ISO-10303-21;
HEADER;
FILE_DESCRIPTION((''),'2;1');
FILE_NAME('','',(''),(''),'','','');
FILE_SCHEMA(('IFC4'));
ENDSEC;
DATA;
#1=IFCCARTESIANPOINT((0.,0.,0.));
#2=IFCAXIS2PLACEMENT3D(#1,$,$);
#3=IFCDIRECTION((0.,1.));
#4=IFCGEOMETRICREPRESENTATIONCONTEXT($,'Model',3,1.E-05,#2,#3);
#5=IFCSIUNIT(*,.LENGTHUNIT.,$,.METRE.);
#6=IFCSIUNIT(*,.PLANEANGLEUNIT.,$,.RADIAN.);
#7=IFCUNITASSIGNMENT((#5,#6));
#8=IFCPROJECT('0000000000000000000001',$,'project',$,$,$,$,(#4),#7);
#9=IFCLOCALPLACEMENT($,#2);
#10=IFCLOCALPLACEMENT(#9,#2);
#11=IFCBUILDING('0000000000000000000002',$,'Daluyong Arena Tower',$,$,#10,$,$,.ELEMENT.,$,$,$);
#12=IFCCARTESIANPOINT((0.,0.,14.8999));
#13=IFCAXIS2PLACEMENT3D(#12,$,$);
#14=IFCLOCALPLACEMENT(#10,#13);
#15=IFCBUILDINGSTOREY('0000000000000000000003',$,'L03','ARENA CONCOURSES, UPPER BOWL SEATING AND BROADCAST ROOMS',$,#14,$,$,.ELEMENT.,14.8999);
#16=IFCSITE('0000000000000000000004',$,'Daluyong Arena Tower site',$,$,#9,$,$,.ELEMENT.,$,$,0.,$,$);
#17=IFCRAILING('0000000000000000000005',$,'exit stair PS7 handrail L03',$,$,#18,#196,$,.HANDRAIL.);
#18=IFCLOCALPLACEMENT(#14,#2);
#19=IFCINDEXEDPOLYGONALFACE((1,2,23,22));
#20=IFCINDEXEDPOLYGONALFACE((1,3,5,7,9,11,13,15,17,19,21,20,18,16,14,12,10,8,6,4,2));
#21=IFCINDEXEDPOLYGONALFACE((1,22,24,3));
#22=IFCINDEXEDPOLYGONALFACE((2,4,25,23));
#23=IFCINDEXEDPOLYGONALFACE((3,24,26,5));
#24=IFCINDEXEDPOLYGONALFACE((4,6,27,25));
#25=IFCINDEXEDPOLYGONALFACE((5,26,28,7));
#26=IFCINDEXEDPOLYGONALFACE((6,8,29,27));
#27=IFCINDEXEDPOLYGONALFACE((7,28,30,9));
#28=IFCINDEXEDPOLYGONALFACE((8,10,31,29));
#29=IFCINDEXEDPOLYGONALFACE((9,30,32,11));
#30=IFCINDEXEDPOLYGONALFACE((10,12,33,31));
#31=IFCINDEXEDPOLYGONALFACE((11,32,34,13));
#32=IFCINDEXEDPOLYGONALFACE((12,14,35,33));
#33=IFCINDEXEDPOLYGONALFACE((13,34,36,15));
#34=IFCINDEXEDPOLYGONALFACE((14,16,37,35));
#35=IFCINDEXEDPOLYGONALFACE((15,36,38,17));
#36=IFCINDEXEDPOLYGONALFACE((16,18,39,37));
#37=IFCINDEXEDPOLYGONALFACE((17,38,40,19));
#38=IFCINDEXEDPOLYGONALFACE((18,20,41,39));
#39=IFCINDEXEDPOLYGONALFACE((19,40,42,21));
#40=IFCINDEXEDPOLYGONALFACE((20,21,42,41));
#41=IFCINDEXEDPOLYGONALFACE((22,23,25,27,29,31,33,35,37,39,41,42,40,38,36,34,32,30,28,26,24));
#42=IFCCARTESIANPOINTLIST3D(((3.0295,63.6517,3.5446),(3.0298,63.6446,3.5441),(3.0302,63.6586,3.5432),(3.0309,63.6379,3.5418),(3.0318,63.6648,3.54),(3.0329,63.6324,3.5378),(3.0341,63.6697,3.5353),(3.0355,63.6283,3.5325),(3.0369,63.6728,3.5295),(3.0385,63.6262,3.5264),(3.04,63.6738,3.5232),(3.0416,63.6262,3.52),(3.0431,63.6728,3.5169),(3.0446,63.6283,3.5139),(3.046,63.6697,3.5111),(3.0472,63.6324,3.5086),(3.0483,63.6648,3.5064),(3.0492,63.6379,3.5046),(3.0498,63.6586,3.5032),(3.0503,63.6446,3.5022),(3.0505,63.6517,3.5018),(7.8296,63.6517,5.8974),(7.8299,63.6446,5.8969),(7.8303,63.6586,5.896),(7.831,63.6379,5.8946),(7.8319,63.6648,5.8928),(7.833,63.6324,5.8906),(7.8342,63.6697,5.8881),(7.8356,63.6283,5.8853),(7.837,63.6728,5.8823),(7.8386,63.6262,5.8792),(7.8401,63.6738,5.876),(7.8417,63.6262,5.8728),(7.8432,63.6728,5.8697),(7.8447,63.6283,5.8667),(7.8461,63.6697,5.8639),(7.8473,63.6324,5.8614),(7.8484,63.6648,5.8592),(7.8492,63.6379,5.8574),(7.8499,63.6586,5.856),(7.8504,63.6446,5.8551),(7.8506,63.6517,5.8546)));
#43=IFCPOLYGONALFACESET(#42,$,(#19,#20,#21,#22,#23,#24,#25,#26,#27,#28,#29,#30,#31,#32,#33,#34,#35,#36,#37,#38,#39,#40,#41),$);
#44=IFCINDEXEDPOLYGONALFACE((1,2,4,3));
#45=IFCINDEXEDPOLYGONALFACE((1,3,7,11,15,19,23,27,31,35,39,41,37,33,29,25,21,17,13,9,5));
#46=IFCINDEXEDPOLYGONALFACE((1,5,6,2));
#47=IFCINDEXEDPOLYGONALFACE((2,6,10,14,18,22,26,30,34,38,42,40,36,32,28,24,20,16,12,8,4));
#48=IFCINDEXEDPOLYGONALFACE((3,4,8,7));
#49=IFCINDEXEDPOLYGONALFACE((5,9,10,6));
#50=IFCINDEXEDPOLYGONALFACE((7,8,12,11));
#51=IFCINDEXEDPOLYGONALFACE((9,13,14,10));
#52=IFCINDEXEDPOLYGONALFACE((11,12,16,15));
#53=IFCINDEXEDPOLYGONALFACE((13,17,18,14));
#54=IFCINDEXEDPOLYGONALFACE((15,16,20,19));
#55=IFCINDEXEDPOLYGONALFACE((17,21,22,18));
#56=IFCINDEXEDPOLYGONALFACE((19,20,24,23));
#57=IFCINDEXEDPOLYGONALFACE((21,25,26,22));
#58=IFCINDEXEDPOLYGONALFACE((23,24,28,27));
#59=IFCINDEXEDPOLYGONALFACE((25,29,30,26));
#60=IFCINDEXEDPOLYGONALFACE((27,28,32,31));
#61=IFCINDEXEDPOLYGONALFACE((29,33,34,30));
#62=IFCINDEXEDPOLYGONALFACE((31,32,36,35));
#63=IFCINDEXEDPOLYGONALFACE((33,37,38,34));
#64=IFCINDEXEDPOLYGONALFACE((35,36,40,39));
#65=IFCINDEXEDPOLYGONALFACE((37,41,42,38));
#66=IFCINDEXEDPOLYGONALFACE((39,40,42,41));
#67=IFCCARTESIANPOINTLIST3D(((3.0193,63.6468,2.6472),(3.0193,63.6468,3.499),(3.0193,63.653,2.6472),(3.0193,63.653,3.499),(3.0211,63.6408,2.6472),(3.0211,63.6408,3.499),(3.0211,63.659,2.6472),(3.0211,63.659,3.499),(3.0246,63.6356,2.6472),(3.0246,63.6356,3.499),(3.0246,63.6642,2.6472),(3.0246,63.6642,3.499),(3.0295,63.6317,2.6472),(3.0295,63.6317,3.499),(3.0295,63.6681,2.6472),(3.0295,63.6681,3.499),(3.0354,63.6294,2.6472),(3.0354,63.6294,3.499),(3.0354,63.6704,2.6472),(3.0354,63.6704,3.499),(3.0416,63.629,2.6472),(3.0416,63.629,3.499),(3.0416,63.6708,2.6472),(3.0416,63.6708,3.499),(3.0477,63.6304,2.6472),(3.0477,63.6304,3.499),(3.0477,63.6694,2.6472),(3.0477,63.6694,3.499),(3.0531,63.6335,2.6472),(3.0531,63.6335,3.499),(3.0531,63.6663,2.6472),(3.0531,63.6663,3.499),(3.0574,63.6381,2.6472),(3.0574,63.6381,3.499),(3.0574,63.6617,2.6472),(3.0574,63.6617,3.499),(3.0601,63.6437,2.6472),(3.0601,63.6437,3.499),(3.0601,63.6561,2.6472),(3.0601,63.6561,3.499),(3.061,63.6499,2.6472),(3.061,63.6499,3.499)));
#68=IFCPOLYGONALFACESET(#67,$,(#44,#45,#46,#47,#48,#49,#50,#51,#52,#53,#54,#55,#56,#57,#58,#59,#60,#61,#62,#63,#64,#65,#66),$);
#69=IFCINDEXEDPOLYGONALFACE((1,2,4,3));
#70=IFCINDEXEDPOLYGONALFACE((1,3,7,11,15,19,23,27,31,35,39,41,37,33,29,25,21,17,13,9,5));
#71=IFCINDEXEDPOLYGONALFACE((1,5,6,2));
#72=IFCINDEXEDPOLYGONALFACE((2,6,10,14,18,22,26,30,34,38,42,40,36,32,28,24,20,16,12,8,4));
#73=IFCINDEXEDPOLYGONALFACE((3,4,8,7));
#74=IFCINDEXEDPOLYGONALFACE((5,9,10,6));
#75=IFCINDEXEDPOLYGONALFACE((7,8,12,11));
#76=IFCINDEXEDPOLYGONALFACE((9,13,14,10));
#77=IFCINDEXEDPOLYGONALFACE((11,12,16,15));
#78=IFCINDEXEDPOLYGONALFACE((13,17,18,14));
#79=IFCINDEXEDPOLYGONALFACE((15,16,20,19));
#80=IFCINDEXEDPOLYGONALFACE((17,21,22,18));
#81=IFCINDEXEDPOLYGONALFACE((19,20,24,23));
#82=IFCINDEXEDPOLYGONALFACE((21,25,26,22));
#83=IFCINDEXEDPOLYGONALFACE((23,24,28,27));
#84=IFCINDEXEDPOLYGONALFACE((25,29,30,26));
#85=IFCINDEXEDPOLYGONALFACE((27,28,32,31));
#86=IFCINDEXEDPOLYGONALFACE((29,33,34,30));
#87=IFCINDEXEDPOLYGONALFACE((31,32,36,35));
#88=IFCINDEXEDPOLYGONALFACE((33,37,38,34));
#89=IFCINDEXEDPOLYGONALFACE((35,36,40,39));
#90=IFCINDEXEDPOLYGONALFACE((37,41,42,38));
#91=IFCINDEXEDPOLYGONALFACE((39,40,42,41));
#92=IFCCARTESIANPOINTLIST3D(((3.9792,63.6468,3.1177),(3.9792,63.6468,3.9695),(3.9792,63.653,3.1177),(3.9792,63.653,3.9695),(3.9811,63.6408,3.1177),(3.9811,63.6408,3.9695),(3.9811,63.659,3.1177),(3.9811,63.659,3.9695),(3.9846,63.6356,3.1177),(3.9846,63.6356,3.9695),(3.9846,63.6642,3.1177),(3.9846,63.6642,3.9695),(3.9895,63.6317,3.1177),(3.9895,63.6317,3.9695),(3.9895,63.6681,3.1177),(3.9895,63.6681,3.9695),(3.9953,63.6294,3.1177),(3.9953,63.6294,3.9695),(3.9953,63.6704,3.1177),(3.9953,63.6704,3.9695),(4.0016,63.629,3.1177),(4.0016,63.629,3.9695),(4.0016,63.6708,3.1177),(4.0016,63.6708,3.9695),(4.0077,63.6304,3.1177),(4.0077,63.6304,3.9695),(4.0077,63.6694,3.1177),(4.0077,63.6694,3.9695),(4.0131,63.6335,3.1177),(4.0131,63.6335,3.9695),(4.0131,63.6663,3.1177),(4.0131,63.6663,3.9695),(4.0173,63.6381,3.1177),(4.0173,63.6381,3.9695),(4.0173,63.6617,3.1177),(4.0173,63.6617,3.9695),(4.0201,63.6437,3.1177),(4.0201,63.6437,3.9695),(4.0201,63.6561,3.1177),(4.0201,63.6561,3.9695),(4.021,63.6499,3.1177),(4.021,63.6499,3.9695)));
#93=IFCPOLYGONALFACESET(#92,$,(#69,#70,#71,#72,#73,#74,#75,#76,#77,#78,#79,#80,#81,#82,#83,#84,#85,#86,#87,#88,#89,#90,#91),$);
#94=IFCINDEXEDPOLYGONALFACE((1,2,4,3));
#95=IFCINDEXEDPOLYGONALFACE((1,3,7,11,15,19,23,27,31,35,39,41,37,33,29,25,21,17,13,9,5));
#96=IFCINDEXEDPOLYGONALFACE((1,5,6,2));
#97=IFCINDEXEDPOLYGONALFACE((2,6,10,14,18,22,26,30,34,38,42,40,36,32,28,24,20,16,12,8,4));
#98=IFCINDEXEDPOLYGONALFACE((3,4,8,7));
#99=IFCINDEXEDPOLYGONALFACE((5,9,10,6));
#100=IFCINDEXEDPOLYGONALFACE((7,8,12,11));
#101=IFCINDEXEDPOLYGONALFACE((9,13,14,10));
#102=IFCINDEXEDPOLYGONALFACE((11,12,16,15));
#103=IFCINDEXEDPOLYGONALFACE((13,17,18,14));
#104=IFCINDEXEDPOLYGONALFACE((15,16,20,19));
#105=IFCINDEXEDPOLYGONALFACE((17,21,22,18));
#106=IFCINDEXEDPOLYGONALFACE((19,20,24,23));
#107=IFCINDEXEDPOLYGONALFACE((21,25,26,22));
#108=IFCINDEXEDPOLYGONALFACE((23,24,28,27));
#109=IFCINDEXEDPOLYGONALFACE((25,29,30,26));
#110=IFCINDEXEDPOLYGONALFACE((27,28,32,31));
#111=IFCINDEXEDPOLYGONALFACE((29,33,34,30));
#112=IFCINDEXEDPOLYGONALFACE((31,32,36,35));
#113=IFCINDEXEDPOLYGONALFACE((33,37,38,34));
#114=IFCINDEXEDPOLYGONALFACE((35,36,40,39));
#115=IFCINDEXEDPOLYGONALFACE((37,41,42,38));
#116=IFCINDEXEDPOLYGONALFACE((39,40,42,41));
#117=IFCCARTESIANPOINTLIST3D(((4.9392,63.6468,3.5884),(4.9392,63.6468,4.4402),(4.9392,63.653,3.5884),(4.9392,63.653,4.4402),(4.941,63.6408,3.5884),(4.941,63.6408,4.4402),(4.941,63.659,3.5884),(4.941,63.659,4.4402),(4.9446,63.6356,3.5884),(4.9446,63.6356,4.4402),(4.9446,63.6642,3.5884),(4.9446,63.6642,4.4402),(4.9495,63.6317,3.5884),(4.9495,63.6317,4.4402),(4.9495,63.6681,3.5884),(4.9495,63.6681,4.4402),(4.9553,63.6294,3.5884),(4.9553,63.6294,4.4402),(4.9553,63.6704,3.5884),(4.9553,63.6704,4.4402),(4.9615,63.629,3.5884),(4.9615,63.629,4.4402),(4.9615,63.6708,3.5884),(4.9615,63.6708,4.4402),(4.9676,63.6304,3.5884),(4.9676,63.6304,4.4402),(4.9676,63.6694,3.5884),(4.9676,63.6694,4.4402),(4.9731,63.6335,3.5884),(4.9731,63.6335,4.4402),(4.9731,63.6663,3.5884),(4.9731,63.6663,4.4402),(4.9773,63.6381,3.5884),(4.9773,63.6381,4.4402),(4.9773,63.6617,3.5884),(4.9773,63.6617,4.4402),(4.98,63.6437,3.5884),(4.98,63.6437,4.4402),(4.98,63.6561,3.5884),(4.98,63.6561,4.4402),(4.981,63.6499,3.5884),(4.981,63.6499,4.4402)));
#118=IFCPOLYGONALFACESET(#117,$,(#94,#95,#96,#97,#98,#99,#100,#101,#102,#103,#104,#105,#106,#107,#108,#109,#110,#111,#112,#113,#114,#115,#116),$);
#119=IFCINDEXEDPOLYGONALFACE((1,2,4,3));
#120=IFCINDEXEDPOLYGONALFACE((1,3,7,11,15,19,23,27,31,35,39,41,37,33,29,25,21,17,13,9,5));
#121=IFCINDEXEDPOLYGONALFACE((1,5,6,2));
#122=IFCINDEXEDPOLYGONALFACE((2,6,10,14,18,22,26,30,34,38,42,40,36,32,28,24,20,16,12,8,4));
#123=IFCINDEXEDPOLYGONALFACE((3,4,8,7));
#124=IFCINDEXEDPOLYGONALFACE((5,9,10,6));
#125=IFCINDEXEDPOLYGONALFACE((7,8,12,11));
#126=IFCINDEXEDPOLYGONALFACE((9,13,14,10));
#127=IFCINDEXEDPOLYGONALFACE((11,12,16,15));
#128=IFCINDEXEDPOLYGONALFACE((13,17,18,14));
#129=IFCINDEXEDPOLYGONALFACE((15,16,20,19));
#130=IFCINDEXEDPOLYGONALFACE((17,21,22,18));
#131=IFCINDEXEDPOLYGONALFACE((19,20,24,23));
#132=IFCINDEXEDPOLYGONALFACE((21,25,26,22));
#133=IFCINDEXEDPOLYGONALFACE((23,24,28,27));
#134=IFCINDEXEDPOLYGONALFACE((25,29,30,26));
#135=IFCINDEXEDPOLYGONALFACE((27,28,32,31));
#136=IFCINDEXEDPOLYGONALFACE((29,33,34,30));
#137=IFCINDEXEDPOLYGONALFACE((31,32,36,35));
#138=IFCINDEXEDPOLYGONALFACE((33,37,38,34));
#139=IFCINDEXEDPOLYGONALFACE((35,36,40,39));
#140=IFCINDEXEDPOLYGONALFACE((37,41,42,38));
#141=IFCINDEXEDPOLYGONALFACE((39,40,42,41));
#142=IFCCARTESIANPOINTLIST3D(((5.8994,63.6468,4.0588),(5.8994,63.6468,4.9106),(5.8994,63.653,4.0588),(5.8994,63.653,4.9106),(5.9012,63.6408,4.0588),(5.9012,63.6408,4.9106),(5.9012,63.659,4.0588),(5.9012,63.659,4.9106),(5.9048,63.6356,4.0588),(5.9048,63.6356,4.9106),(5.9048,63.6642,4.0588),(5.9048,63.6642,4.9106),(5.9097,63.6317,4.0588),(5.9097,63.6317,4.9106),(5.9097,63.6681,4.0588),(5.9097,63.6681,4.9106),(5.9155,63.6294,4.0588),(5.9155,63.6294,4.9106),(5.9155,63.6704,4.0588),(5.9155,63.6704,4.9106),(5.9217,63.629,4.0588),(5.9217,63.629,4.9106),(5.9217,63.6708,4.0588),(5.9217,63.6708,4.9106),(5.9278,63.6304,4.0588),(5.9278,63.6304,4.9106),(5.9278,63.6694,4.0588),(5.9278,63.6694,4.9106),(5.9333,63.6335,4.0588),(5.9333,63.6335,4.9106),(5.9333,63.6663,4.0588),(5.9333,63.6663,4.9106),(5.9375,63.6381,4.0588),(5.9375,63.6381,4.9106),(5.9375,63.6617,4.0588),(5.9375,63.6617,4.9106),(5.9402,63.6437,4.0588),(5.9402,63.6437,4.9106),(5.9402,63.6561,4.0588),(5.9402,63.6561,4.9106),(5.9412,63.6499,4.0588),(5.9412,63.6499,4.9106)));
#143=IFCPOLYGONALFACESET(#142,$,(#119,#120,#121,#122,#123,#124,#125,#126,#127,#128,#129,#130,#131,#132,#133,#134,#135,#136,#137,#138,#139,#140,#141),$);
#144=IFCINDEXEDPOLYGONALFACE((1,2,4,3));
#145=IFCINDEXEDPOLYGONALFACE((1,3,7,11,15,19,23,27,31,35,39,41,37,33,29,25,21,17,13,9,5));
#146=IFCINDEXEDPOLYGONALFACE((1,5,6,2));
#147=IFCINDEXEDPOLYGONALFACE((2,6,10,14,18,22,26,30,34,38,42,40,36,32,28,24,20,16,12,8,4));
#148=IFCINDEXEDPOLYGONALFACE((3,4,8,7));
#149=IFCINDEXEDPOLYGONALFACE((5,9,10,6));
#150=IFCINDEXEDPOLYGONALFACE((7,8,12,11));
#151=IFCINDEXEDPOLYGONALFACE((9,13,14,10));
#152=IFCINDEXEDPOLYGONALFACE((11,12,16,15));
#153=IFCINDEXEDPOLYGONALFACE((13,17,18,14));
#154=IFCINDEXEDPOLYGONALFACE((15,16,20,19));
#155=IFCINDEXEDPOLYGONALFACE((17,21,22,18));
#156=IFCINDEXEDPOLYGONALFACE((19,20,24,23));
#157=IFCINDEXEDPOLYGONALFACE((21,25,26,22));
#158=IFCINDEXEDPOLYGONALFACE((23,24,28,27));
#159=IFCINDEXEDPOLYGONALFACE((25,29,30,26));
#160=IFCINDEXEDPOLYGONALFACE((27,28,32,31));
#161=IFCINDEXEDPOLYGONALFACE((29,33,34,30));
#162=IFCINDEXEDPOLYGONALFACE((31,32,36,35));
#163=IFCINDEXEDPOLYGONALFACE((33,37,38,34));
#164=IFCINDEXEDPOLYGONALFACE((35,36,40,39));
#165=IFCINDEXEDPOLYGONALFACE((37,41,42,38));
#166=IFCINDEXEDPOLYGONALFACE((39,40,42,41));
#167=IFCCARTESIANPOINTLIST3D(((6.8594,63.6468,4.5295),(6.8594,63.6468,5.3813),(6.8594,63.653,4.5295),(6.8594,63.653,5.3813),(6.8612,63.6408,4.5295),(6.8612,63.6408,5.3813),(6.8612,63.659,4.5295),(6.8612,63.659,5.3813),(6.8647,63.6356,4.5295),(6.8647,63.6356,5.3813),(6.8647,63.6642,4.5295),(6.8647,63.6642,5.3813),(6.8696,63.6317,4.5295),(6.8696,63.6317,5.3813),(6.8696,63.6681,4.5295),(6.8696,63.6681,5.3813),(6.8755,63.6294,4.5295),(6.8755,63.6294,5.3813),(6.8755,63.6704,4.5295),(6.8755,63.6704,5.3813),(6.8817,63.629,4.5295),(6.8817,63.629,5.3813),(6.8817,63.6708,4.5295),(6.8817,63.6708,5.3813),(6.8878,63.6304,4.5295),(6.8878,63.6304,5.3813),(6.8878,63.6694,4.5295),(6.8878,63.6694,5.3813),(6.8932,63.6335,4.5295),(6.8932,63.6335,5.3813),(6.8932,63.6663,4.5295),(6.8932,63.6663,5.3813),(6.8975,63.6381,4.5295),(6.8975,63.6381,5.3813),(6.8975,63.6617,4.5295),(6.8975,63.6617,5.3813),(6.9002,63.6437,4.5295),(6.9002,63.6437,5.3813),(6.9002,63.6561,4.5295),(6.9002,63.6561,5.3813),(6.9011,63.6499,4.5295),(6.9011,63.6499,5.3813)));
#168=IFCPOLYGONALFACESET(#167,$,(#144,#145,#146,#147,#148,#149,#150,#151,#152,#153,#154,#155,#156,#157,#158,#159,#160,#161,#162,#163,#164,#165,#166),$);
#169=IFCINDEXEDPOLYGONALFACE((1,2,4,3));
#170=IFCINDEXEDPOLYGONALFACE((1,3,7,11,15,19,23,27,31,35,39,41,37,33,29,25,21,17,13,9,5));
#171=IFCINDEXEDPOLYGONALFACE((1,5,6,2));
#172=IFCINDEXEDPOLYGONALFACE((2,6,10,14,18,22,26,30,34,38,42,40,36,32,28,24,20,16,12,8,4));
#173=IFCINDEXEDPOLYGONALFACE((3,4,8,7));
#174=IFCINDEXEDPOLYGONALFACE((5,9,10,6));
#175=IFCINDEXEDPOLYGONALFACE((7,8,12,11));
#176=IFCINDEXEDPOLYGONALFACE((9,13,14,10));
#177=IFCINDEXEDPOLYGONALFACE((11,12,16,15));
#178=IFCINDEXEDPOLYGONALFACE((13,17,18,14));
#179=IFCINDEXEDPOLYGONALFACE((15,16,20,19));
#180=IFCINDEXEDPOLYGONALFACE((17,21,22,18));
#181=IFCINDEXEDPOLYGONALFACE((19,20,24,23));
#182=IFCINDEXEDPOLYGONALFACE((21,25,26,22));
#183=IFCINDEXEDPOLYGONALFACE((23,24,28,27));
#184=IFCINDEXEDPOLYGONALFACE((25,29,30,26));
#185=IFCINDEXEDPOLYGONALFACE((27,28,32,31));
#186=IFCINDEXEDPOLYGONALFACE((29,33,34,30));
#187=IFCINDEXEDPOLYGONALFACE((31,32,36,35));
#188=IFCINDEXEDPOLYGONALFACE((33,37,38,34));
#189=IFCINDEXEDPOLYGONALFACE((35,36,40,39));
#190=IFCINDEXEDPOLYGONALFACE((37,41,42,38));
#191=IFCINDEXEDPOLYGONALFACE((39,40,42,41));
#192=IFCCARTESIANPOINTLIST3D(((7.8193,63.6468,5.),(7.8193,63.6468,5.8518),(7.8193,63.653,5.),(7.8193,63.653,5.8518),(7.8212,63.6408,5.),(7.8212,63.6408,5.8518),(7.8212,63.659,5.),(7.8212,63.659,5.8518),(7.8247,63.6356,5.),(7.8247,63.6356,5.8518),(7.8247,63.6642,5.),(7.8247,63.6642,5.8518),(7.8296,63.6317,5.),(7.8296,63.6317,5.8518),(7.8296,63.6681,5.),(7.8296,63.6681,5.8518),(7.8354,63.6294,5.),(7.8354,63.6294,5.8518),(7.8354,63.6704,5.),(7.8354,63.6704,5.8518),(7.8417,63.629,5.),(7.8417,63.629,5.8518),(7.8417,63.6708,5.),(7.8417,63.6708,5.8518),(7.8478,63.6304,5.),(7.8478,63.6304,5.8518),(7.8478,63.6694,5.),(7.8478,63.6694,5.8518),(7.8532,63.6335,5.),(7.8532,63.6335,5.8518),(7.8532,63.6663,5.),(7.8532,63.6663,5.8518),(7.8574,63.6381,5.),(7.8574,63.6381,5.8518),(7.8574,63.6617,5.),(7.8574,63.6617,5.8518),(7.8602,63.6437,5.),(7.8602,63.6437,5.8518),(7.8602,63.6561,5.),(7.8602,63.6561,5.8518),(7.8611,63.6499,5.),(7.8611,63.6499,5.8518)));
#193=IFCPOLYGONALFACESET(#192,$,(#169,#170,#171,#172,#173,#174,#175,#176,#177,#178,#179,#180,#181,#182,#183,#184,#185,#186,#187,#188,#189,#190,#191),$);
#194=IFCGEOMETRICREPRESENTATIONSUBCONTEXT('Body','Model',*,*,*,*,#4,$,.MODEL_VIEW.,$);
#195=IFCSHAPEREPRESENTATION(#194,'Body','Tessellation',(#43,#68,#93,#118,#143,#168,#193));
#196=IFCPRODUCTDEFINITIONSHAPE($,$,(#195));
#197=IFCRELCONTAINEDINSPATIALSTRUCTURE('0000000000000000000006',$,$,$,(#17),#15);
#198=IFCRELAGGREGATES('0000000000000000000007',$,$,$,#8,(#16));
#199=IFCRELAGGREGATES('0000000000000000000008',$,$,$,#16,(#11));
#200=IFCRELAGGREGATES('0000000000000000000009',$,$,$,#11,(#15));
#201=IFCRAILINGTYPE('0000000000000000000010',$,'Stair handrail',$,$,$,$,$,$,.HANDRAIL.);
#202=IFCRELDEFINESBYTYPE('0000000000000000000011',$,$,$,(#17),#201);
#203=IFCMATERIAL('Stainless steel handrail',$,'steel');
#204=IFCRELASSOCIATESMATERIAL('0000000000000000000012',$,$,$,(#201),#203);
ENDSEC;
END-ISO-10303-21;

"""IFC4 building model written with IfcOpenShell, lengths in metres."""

from ifc_helpers import new_model, si_unit, direction, frame, origin, origin_2d, place, context, subcontext, project, spatial, circle, extrude, material, type_object, element, save


model = new_model("IFC4")

# Units and contexts
model_context = context("Model", 3, precision=1e-05, world=origin(), true_north=direction((0.0, 1.0)))
body_context = subcontext(model_context, "Body", "Model", "MODEL_VIEW")
ifc_project = project(units=[si_unit("LENGTHUNIT", "METRE"), si_unit("PLANEANGLEUNIT", "RADIAN")], contexts=[model_context])

# Site, building, storey
site_placement = place(None, origin())
site = spatial("IfcSite", under=ifc_project, at=site_placement, Name="Daluyong Arena Tower site", CompositionType="ELEMENT", RefElevation=0.0)
building_placement = place(site_placement, origin())
building = spatial("IfcBuilding", under=site, at=building_placement, Name="Daluyong Arena Tower", CompositionType="ELEMENT")
storey_placement = place(building_placement, frame((0.0, 0.0, 14.8999)))
storey = spatial("IfcBuildingStorey", under=building, at=storey_placement, Name="L03", Description="ARENA CONCOURSES, UPPER BOWL SEATING AND BROADCAST ROOMS", CompositionType="ELEMENT", Elevation=14.8999)

# Railing
ifc_material_1 = material(Name="Stainless steel handrail", Category="steel")
railing_type_1 = type_object("IfcRailingType", Name="Stair handrail", PredefinedType="HANDRAIL", material=ifc_material_1)
railing_1_placement = place(storey_placement, frame((3.04, 63.6499, 2.6472)))
element("IfcRailing", 1, at=railing_1_placement, inside=storey, type_object=railing_type_1, Name="exit stair PS7 handrail L03", PredefinedType="HANDRAIL", context=body_context, shape_type="SweptSolid", body=[
    extrude(circle(Radius=0.0239, at=origin_2d()), frame((0.0, 0.0, 0.876), z_axis=(0.897934, 0.0, 0.44013), x_axis=(0.0, 1.0, 0.0)), (0.0, 0.0, 1.0), 5.3457),
    extrude(circle(Radius=0.021, at=origin_2d()), origin(), (0.0, 0.0, 1.0), 0.8518),
    extrude(circle(Radius=0.021, at=origin_2d()), frame((0.96, 0.0, 0.4705)), (0.0, 0.0, 1.0), 0.8518),
    extrude(circle(Radius=0.021, at=origin_2d()), frame((1.9199, 0.0, 0.9412)), (0.0, 0.0, 1.0), 0.8518),
    extrude(circle(Radius=0.021, at=origin_2d()), frame((2.8801, 0.0, 1.4116)), (0.0, 0.0, 1.0), 0.8518),
    extrude(circle(Radius=0.021, at=origin_2d()), frame((3.8401, 0.0, 1.8823)), (0.0, 0.0, 1.0), 0.8518),
    extrude(circle(Radius=0.021, at=origin_2d()), frame((4.8, 0.0, 2.3528)), (0.0, 0.0, 1.0), 0.8518),
])

save(model, "model.ifc")
